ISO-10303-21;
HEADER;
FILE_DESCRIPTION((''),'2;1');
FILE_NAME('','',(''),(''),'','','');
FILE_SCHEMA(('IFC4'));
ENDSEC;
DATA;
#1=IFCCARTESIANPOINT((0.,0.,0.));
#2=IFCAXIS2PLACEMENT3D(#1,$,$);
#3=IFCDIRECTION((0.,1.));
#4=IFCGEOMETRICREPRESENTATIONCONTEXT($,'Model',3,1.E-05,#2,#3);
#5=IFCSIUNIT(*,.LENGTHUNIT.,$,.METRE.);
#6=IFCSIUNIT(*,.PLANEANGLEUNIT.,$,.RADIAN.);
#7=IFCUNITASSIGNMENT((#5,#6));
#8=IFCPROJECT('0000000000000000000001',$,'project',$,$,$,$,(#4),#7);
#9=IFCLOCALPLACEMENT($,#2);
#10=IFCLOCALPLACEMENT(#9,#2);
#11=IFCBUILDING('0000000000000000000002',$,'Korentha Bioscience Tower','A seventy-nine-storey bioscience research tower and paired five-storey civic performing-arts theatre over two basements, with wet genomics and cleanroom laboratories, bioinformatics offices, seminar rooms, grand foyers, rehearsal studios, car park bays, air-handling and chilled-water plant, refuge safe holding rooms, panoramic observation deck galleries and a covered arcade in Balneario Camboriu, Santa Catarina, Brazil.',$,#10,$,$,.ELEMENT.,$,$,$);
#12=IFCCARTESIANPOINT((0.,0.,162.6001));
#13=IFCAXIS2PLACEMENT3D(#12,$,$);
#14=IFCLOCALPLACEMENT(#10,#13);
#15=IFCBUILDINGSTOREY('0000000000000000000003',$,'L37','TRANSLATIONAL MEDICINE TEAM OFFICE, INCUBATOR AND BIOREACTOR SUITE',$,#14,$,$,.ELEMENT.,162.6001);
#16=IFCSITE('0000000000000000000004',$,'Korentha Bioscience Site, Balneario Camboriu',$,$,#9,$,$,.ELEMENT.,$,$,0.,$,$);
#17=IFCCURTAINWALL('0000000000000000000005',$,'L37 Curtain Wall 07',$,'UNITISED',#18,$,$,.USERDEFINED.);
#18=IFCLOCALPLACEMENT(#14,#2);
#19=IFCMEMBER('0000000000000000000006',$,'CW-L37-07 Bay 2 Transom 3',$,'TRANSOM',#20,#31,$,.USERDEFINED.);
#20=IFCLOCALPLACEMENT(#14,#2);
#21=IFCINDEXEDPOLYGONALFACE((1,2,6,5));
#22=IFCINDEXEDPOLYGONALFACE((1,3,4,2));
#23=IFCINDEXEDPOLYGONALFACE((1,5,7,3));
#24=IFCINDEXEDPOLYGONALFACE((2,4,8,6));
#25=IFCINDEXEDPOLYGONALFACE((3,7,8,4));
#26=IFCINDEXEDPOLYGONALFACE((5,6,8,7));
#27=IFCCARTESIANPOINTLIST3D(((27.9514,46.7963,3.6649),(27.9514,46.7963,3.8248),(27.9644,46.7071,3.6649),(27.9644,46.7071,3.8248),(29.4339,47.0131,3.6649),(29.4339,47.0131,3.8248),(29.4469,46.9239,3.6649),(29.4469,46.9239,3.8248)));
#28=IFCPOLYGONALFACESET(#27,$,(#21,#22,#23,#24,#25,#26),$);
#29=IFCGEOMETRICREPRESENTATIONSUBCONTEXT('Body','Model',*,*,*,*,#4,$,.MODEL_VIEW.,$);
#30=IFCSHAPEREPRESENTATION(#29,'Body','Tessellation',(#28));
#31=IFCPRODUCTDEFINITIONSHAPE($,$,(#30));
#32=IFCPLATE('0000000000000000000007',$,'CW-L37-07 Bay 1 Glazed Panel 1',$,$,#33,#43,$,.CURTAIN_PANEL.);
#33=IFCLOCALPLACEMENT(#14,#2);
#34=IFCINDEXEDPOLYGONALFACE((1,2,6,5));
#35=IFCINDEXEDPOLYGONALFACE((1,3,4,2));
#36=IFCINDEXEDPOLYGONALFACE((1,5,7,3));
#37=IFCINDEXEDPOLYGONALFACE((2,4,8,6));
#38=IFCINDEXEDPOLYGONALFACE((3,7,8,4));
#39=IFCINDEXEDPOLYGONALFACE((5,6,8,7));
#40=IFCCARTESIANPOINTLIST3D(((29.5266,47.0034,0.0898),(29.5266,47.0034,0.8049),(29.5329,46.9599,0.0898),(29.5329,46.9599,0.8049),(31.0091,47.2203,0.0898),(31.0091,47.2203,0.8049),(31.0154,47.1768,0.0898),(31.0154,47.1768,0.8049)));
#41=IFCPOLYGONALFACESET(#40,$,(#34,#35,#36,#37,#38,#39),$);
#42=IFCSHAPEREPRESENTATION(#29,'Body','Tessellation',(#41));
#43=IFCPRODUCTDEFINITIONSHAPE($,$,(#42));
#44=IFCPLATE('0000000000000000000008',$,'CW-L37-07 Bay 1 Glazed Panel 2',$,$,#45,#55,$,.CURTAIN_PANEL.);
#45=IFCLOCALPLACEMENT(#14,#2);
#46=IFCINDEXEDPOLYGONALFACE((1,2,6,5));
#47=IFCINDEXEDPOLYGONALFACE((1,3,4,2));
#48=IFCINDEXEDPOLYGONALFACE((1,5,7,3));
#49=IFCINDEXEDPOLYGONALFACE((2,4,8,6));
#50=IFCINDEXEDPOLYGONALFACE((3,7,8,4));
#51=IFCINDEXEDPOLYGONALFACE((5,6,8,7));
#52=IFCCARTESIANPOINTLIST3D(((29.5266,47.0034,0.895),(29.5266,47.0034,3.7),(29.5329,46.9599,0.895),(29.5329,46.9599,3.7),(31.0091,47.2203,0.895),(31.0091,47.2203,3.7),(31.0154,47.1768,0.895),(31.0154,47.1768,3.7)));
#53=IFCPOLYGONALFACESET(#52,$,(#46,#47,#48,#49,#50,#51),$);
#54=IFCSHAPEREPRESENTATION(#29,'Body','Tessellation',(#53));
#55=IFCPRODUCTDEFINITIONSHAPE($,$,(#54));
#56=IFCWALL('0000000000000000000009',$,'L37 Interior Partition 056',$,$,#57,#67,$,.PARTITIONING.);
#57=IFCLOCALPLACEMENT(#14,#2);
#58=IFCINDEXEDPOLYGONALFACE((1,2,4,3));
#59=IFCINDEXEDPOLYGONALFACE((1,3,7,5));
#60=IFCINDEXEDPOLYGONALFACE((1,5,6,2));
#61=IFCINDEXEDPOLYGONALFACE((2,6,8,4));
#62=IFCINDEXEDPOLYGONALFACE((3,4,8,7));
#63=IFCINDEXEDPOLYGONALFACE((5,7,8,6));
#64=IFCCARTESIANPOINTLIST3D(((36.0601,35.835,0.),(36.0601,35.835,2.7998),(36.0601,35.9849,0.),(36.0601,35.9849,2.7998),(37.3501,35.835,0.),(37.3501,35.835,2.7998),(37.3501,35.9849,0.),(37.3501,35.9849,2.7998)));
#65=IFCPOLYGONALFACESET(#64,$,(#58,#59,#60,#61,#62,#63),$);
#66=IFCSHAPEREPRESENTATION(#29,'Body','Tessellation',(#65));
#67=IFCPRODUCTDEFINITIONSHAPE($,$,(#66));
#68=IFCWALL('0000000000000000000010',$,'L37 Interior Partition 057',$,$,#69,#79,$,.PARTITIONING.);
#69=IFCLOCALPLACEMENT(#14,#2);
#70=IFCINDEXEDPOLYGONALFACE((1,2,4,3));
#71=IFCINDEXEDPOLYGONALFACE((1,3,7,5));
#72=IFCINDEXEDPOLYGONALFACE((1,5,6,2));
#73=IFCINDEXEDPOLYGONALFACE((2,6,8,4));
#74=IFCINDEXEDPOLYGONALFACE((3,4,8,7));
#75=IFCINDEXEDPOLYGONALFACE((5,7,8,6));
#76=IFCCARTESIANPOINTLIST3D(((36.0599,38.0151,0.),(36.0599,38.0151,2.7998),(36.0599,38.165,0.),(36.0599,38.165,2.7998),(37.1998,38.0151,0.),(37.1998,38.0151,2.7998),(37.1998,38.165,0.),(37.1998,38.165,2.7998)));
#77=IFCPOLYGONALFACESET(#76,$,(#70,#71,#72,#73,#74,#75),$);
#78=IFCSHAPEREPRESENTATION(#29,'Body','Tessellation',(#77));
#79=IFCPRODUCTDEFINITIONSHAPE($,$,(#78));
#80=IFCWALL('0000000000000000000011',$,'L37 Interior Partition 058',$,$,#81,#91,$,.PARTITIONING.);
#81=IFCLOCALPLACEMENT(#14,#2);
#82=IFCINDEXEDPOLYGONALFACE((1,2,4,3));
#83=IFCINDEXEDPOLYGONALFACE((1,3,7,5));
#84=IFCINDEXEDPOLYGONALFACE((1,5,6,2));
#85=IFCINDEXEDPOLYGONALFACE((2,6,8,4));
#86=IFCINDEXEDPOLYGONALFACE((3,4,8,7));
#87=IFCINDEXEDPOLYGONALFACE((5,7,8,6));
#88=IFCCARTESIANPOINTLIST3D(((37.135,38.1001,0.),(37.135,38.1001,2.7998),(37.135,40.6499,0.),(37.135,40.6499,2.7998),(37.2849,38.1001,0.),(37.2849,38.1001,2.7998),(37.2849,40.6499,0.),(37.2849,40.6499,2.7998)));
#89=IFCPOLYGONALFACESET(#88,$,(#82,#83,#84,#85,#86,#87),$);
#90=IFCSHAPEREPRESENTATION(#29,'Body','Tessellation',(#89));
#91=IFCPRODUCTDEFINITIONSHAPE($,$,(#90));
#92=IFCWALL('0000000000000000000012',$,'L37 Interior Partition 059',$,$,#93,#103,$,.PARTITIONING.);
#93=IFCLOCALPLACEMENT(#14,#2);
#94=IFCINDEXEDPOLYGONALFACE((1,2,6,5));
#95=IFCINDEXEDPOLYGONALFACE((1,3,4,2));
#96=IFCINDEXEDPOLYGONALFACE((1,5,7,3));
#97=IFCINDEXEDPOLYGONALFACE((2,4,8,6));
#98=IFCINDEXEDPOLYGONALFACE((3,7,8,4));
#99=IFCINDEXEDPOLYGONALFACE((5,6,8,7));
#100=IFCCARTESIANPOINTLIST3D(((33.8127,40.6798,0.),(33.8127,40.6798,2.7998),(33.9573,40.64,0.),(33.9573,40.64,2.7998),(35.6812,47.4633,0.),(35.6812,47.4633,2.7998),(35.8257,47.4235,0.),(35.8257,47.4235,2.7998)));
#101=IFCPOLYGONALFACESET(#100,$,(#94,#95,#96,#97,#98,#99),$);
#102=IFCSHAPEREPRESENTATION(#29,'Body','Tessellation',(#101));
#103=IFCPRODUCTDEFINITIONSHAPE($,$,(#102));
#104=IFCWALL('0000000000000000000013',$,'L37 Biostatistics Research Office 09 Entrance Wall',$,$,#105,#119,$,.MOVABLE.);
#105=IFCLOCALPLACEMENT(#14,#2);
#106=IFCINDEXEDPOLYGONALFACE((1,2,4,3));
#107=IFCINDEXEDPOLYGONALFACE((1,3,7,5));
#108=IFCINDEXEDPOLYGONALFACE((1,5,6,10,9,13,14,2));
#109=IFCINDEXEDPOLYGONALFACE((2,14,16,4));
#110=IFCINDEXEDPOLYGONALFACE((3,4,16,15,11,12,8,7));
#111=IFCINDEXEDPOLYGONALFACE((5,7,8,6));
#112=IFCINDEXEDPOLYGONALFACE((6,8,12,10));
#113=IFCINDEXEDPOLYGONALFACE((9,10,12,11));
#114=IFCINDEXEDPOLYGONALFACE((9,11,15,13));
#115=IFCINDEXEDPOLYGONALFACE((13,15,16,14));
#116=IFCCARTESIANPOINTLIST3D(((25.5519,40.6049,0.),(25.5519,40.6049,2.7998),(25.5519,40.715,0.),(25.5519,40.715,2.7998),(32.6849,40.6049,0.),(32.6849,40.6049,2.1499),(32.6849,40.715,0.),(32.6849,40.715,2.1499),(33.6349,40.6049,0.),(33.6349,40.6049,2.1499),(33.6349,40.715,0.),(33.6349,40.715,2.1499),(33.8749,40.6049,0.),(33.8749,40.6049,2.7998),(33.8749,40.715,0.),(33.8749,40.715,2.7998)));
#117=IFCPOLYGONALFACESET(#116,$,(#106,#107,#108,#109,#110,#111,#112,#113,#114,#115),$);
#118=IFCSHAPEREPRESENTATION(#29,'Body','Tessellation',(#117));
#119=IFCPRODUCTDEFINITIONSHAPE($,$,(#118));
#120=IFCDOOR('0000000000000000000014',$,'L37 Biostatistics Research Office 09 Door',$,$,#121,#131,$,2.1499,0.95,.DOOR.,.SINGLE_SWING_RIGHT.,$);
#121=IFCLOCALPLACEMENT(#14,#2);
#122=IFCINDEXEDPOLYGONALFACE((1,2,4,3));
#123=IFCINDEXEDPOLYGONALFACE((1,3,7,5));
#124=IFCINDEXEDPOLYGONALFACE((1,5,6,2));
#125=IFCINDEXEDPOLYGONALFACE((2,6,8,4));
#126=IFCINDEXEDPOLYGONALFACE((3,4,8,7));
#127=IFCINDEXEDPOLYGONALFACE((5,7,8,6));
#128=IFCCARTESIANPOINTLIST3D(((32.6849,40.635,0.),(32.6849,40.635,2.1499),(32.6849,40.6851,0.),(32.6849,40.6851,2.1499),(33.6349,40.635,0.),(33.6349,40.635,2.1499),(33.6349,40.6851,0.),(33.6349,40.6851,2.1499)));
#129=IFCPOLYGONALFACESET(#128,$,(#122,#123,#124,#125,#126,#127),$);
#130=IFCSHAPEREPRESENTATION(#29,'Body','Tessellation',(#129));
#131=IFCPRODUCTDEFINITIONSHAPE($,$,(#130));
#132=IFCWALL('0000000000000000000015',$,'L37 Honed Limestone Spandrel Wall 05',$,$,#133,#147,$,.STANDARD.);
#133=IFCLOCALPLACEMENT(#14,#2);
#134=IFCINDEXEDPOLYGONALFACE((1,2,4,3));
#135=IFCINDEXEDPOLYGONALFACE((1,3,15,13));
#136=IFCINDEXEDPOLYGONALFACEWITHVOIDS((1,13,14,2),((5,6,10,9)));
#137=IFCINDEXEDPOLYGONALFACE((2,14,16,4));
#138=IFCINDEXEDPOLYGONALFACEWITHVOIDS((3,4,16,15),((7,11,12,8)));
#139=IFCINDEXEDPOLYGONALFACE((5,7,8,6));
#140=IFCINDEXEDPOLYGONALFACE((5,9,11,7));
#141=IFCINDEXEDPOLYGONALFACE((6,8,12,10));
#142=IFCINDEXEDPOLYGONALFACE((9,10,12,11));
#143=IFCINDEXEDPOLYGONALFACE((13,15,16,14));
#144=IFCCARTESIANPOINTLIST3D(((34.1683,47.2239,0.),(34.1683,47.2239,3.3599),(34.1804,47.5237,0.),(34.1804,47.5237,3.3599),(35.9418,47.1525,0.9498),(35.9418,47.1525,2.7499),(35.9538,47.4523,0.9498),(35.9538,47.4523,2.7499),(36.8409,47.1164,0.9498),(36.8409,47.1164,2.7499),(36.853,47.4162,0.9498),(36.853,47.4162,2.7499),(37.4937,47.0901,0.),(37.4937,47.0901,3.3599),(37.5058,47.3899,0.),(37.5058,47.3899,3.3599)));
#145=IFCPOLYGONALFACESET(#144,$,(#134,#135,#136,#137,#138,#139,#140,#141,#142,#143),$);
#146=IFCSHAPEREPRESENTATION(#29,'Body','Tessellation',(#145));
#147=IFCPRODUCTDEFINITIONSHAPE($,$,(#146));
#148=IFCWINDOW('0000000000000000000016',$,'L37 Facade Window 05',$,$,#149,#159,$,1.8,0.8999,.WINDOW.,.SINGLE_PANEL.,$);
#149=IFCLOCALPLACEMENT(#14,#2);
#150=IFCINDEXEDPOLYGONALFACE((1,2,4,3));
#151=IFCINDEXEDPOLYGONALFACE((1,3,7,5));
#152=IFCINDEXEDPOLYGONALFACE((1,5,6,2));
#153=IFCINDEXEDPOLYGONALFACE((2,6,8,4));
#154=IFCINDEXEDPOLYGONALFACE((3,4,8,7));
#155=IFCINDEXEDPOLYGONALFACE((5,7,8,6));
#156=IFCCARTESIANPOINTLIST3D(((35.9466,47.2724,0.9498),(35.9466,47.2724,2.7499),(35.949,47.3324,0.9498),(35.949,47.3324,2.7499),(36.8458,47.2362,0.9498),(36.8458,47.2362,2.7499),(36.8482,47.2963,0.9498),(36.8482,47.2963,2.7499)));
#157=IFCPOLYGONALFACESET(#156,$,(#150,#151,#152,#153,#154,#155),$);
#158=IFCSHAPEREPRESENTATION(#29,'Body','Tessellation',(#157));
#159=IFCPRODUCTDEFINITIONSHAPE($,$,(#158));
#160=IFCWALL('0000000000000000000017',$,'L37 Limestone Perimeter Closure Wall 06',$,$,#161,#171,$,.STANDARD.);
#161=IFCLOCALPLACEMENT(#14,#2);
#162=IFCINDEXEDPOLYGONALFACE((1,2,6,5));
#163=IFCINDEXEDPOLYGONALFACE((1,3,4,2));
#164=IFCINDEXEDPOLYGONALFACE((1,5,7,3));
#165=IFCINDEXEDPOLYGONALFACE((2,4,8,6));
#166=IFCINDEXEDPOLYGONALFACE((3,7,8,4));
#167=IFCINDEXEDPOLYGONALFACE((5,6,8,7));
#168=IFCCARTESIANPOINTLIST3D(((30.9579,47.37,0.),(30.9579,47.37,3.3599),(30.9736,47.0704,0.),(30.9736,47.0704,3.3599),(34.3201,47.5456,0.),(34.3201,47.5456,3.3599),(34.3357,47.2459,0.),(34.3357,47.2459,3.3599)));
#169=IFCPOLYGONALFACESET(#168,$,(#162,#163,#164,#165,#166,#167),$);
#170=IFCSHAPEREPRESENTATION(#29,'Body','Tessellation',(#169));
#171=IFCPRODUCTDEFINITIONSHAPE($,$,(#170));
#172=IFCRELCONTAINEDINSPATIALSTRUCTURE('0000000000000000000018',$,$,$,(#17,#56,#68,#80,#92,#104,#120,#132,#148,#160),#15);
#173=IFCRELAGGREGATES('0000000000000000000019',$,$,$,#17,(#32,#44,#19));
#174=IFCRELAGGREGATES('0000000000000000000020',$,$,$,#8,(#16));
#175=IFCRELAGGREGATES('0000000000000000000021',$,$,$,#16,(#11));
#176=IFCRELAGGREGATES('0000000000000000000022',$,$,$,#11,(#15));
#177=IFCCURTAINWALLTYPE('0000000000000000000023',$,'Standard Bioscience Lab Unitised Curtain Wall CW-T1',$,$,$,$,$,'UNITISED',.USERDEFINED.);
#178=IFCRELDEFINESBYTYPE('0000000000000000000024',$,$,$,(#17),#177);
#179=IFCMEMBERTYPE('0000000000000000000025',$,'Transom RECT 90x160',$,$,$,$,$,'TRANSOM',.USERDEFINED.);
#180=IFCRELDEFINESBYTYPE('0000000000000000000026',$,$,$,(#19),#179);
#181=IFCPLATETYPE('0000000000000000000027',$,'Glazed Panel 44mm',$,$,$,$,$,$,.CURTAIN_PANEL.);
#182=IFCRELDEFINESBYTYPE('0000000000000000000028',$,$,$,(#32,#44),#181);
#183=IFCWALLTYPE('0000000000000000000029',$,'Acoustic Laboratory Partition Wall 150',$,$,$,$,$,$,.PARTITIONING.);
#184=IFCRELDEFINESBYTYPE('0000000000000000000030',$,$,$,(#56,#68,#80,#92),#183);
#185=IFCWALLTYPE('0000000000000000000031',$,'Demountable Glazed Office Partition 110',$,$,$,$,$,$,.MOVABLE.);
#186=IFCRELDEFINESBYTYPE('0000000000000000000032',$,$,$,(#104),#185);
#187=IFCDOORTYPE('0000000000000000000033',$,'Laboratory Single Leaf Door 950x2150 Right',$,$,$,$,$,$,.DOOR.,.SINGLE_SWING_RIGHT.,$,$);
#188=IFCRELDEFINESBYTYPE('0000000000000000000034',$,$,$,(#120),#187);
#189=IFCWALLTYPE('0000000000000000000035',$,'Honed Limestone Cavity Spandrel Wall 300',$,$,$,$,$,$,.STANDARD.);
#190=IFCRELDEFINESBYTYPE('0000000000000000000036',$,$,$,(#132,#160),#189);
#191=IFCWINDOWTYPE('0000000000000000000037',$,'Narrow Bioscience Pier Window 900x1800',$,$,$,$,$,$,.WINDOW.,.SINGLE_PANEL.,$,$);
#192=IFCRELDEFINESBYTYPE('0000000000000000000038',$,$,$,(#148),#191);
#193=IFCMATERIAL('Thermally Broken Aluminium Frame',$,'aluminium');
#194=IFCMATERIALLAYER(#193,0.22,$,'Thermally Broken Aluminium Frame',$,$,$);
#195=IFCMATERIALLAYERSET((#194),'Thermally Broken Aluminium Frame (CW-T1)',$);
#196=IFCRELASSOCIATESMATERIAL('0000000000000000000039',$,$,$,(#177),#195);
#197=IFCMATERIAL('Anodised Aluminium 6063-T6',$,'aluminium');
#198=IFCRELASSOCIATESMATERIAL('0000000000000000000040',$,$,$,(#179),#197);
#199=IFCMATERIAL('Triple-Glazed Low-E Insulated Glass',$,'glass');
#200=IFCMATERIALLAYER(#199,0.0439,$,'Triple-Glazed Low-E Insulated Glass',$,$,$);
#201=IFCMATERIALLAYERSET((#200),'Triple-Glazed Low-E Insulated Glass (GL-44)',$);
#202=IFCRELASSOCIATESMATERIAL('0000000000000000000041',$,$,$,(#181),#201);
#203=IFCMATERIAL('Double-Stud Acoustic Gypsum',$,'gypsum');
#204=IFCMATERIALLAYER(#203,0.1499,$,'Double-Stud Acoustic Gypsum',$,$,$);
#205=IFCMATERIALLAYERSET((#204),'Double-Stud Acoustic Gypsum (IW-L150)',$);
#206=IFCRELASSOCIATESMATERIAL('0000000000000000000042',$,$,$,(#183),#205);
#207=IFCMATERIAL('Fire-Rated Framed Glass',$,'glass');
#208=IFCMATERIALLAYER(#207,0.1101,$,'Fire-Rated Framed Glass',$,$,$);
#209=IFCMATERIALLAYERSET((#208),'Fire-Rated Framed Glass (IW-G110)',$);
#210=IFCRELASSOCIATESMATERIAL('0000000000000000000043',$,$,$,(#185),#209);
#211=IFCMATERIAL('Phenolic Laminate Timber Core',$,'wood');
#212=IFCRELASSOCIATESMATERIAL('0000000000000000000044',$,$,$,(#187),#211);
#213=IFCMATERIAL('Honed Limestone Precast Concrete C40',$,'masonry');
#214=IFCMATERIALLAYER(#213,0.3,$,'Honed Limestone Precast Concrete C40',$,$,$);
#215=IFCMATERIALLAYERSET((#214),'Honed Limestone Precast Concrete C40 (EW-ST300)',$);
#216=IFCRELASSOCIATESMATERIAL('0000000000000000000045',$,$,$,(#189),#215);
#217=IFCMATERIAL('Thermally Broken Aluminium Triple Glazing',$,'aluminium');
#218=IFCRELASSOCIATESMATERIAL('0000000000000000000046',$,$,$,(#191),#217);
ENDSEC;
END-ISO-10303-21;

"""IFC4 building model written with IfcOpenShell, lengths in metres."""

from ifc_helpers import new_model, si_unit, direction, frame, frame_2d, origin, origin_2d, place, context, subcontext, project, spatial, rectangle, extrude, material, layer, layer_set, material_profile, profile_set, type_object, element, fill, aggregate, save


model = new_model("IFC4")

# Units and contexts
model_context = context("Model", 3, precision=1e-05, world=origin(), true_north=direction((0.0, 1.0)))
body_context = subcontext(model_context, "Body", "Model", "MODEL_VIEW")
ifc_project = project(units=[si_unit("LENGTHUNIT", "METRE"), si_unit("PLANEANGLEUNIT", "RADIAN")], contexts=[model_context])

# Site, building, storey
site_placement = place(None, origin())
site = spatial("IfcSite", under=ifc_project, at=site_placement, Name="Korentha Bioscience Site, Balneario Camboriu", CompositionType="ELEMENT", RefElevation=0.0)
building_placement = place(site_placement, origin())
building = spatial("IfcBuilding", under=site, at=building_placement, Name="Korentha Bioscience Tower", Description="A seventy-nine-storey bioscience research tower and paired five-storey civic performing-arts theatre over two basements, with wet genomics and cleanroom laboratories, bioinformatics offices, seminar rooms, grand foyers, rehearsal studios, car park bays, air-handling and chilled-water plant, refuge safe holding rooms, panoramic observation deck galleries and a covered arcade in Balneario Camboriu, Santa Catarina, Brazil.", CompositionType="ELEMENT")
storey_placement = place(building_placement, frame((0.0, 0.0, 162.6001)))
storey = spatial("IfcBuildingStorey", under=building, at=storey_placement, Name="L37", Description="TRANSLATIONAL MEDICINE TEAM OFFICE, INCUBATOR AND BIOREACTOR SUITE", CompositionType="ELEMENT", Elevation=162.6001)

# Curtain wall
ifc_material_1 = material(Name="Thermally Broken Aluminium Frame", Category="aluminium")
ifc_layer_1 = layer(ifc_material_1, 0.22, Name="Thermally Broken Aluminium Frame")
ifc_layer_set_1 = layer_set([ifc_layer_1], Name="Thermally Broken Aluminium Frame (CW-T1)")
curtain_wall_type = type_object("IfcCurtainWallType", Name="Standard Bioscience Lab Unitised Curtain Wall CW-T1", ElementType="UNITISED", PredefinedType="USERDEFINED", material=ifc_layer_set_1)
curtain_wall_placement = place(storey_placement, origin())
curtain_wall = element("IfcCurtainWall", 1, at=curtain_wall_placement, inside=storey, type_object=curtain_wall_type, Name="L37 Curtain Wall 07", ObjectType="UNITISED", PredefinedType="USERDEFINED")
ifc_material_2 = material(Name="Anodised Aluminium 6063-T6", Category="aluminium")

# Member
ifc_material_profile_1 = material_profile(ifc_material_2, rectangle(XDim=0.0901, YDim=0.1599, at=origin_2d()), Name="Anodised Aluminium 6063-T6")
ifc_profile_set_1 = profile_set([ifc_material_profile_1], Name="Anodised Aluminium 6063-T6 (CW-TRN)")
member_type_1 = type_object("IfcMemberType", Name="Transom RECT 90x160", ElementType="TRANSOM", PredefinedType="USERDEFINED", material=ifc_profile_set_1)
member_1_placement = place(storey_placement, frame((29.4404, 46.9685, 3.7449), z_axis=(-0.989475, -0.144706, 0.0), x_axis=(0.144706, -0.989475, 0.0)))
member_1 = element("IfcMember", 2, at=member_1_placement, type_object=member_type_1, Name="CW-L37-07 Bay 2 Transom 3", ObjectType="TRANSOM", PredefinedType="USERDEFINED", context=body_context, shape_type="SweptSolid", body=[
    extrude(rectangle(XDim=0.0901, YDim=0.1599, at=origin_2d()), origin(), (0.0, 0.0, 1.0), 1.4983),
])

# Plates
ifc_material_3 = material(Name="Triple-Glazed Low-E Insulated Glass", Category="glass")
ifc_layer_2 = layer(ifc_material_3, 0.0439, Name="Triple-Glazed Low-E Insulated Glass")
ifc_layer_set_2 = layer_set([ifc_layer_2], Name="Triple-Glazed Low-E Insulated Glass (GL-44)")
plate_type = type_object("IfcPlateType", Name="Glazed Panel 44mm", PredefinedType="CURTAIN_PANEL", material=ifc_layer_set_2)
plate_1_placement = place(storey_placement, frame((30.271, 47.0901, 0.0898), z_axis=(0.0, 0.0, 1.0), x_axis=(-0.989462, -0.144793, 0.0)))
plate_1 = element("IfcPlate", 3, at=plate_1_placement, type_object=plate_type, Name="CW-L37-07 Bay 1 Glazed Panel 1", PredefinedType="CURTAIN_PANEL", context=body_context, shape_type="SweptSolid", body=[
    extrude(rectangle(XDim=1.4983, YDim=0.0439, at=origin_2d()), origin(), (0.0, 0.0, 1.0), 0.7151),
])
plate_2_placement = place(storey_placement, frame((30.271, 47.0901, 0.895), z_axis=(0.0, 0.0, 1.0), x_axis=(-0.989462, -0.144793, 0.0)))
plate_2 = element("IfcPlate", 4, at=plate_2_placement, type_object=plate_type, Name="CW-L37-07 Bay 1 Glazed Panel 2", PredefinedType="CURTAIN_PANEL", context=body_context, shape_type="SweptSolid", body=[
    extrude(rectangle(XDim=1.4983, YDim=0.0439, at=origin_2d()), origin(), (0.0, 0.0, 1.0), 2.8049),
])
aggregate(curtain_wall, [plate_1, plate_2, member_1])

# Shared definitions
ifc_material_4 = material(Name="Double-Stud Acoustic Gypsum", Category="gypsum")
ifc_layer_3 = layer(ifc_material_4, 0.1499, Name="Double-Stud Acoustic Gypsum")
ifc_layer_set_3 = layer_set([ifc_layer_3], Name="Double-Stud Acoustic Gypsum (IW-L150)")
wall_type_1 = type_object("IfcWallType", Name="Acoustic Laboratory Partition Wall 150", PredefinedType="PARTITIONING", material=ifc_layer_set_3)
ifc_material_5 = material(Name="Phenolic Laminate Timber Core", Category="wood")

# Walls
wall_1_placement = place(storey_placement, frame((37.3501, 35.9099, 0.0), z_axis=(0.0, 0.0, 1.0), x_axis=(-1.0, 0.0, 0.0)))
element("IfcWall", 5, at=wall_1_placement, inside=storey, type_object=wall_type_1, Name="L37 Interior Partition 056", PredefinedType="PARTITIONING", context=body_context, shape_type="SweptSolid", body=[
    extrude(rectangle(XDim=1.29, YDim=0.1499, at=frame_2d((0.645, 0.0))), origin(), (0.0, 0.0, 1.0), 2.7998),
])
wall_2_placement = place(storey_placement, frame((36.0601, 38.0901, 0.0), z_axis=(0.0, 0.0, 1.0), x_axis=(1.0, 0.0, 0.0)))
element("IfcWall", 6, at=wall_2_placement, inside=storey, type_object=wall_type_1, Name="L37 Interior Partition 057", PredefinedType="PARTITIONING", context=body_context, shape_type="SweptSolid", body=[
    extrude(rectangle(XDim=1.1399, YDim=0.1499, at=frame_2d((0.5698, 0.0))), origin(), (0.0, 0.0, 1.0), 2.7998),
])
wall_3_placement = place(storey_placement, frame((37.21, 38.1001, 0.0), z_axis=(0.0, 0.0, 1.0), x_axis=(0.0, 1.0, 0.0)))
element("IfcWall", 7, at=wall_3_placement, inside=storey, type_object=wall_type_1, Name="L37 Interior Partition 058", PredefinedType="PARTITIONING", context=body_context, shape_type="SweptSolid", body=[
    extrude(rectangle(XDim=2.5498, YDim=0.1499, at=frame_2d((1.2749, 0.0))), origin(), (0.0, 0.0, 1.0), 2.7998),
])
wall_4_placement = place(storey_placement, frame((33.885, 40.6599, 0.0), z_axis=(0.0, 0.0, 1.0), x_axis=(0.265548, 0.964098, 0.0)))
element("IfcWall", 8, at=wall_4_placement, inside=storey, type_object=wall_type_1, Name="L37 Interior Partition 059", PredefinedType="PARTITIONING", context=body_context, shape_type="SweptSolid", body=[
    extrude(rectangle(XDim=7.0361, YDim=0.1499, at=frame_2d((3.5181, 0.0))), origin(), (0.0, 0.0, 1.0), 2.7998),
])

# Wall, opening, door
ifc_material_6 = material(Name="Fire-Rated Framed Glass", Category="glass")
ifc_layer_4 = layer(ifc_material_6, 0.1101, Name="Fire-Rated Framed Glass")
ifc_layer_set_4 = layer_set([ifc_layer_4], Name="Fire-Rated Framed Glass (IW-G110)")
wall_type_2 = type_object("IfcWallType", Name="Demountable Glazed Office Partition 110", PredefinedType="MOVABLE", material=ifc_layer_set_4)
wall_5_placement = place(storey_placement, frame((33.875, 40.6599, 0.0), z_axis=(0.0, 0.0, 1.0), x_axis=(-1.0, 0.0, 0.0)))
wall_5 = element("IfcWall", 9, at=wall_5_placement, inside=storey, type_object=wall_type_2, Name="L37 Biostatistics Research Office 09 Entrance Wall", PredefinedType="MOVABLE", context=body_context, shape_type="SweptSolid", body=[
    extrude(rectangle(XDim=8.323, YDim=0.1101, at=frame_2d((4.1616, 0.0))), origin(), (0.0, 0.0, 1.0), 2.7998),
])
opening_1_placement = place(wall_5_placement, frame((0.24, 0.0, 0.0)))
opening_1 = element("IfcOpeningElement", 10, at=opening_1_placement, cuts=wall_5, PredefinedType="OPENING", context=body_context, shape_type="SweptSolid", body=[
    extrude(rectangle(XDim=0.95, YDim=2.1499, at=frame_2d((0.4751, 1.075))), frame((0.0, 0.0698, 0.0), z_axis=(0.0, -1.0, 0.0), x_axis=(1.0, 0.0, 0.0)), (0.0, 0.0, 1.0), 0.1399),
])
door_type_1 = type_object("IfcDoorType", Name="Laboratory Single Leaf Door 950x2150 Right", OperationType="SINGLE_SWING_RIGHT", PredefinedType="DOOR", material=ifc_material_5)
door_1_placement = place(opening_1_placement, origin())
door_1 = element("IfcDoor", 11, at=door_1_placement, inside=storey, type_object=door_type_1, Name="L37 Biostatistics Research Office 09 Door", OperationType="SINGLE_SWING_RIGHT", OverallHeight=2.1499, OverallWidth=0.95, PredefinedType="DOOR", context=body_context, shape_type="SweptSolid", body=[
    extrude(rectangle(XDim=0.95, YDim=2.1499, at=frame_2d((0.4751, 1.075))), frame((0.0, 0.0249, 0.0), z_axis=(0.0, -1.0, 0.0), x_axis=(1.0, 0.0, 0.0)), (0.0, 0.0, 1.0), 0.05),
])
fill(opening_1, door_1)

# Wall, opening, window
ifc_material_7 = material(Name="Honed Limestone Precast Concrete C40", Category="masonry")
ifc_layer_5 = layer(ifc_material_7, 0.3, Name="Honed Limestone Precast Concrete C40")
ifc_layer_set_5 = layer_set([ifc_layer_5], Name="Honed Limestone Precast Concrete C40 (EW-ST300)")
wall_type_3 = type_object("IfcWallType", Name="Honed Limestone Cavity Spandrel Wall 300", PredefinedType="STANDARD", material=ifc_layer_set_5)
wall_6_placement = place(storey_placement, frame((37.4998, 47.24, 0.0), z_axis=(0.0, 0.0, 1.0), x_axis=(-0.999192, 0.040199, 0.0)))
wall_6 = element("IfcWall", 12, at=wall_6_placement, inside=storey, type_object=wall_type_3, Name="L37 Honed Limestone Spandrel Wall 05", PredefinedType="STANDARD", context=body_context, shape_type="SweptSolid", body=[
    extrude(rectangle(XDim=3.3281, YDim=0.3, at=frame_2d((1.6641, 0.0))), origin(), (0.0, 0.0, 1.0), 3.3599),
])
opening_2_placement = place(wall_6_placement, frame((0.6533, 0.0, 0.95)))
opening_2 = element("IfcOpeningElement", 13, at=opening_2_placement, cuts=wall_6, PredefinedType="OPENING", context=body_context, shape_type="SweptSolid", body=[
    extrude(rectangle(XDim=0.8999, YDim=1.8, at=frame_2d((0.45, 0.8999))), frame((0.0, 0.165, 0.0), z_axis=(0.0, -1.0, 0.0), x_axis=(1.0, 0.0, 0.0)), (0.0, 0.0, 1.0), 0.3298),
])
ifc_material_8 = material(Name="Thermally Broken Aluminium Triple Glazing", Category="aluminium")
window_type = type_object("IfcWindowType", Name="Narrow Bioscience Pier Window 900x1800", PartitioningType="SINGLE_PANEL", PredefinedType="WINDOW", material=ifc_material_8)
window_placement = place(opening_2_placement, origin())
window = element("IfcWindow", 14, at=window_placement, inside=storey, type_object=window_type, Name="L37 Facade Window 05", OverallHeight=1.8, OverallWidth=0.8999, PartitioningType="SINGLE_PANEL", PredefinedType="WINDOW", context=body_context, shape_type="SweptSolid", body=[
    extrude(rectangle(XDim=0.8999, YDim=1.8, at=frame_2d((0.45, 0.8999))), frame((0.0, 0.03, 0.0), z_axis=(0.0, -1.0, 0.0), x_axis=(1.0, 0.0, 0.0)), (0.0, 0.0, 1.0), 0.0601),
])
fill(opening_2, window)

# Wall
wall_7_placement = place(storey_placement, frame((34.3279, 47.3958, 0.0), z_axis=(0.0, 0.0, 1.0), x_axis=(-0.99864, -0.05214, 0.0)))
element("IfcWall", 15, at=wall_7_placement, inside=storey, type_object=wall_type_3, Name="L37 Limestone Perimeter Closure Wall 06", PredefinedType="STANDARD", context=body_context, shape_type="SweptSolid", body=[
    extrude(rectangle(XDim=3.3667, YDim=0.3, at=frame_2d((1.6833, 0.0))), origin(), (0.0, 0.0, 1.0), 3.3599),
])

save(model, "model.ifc")
